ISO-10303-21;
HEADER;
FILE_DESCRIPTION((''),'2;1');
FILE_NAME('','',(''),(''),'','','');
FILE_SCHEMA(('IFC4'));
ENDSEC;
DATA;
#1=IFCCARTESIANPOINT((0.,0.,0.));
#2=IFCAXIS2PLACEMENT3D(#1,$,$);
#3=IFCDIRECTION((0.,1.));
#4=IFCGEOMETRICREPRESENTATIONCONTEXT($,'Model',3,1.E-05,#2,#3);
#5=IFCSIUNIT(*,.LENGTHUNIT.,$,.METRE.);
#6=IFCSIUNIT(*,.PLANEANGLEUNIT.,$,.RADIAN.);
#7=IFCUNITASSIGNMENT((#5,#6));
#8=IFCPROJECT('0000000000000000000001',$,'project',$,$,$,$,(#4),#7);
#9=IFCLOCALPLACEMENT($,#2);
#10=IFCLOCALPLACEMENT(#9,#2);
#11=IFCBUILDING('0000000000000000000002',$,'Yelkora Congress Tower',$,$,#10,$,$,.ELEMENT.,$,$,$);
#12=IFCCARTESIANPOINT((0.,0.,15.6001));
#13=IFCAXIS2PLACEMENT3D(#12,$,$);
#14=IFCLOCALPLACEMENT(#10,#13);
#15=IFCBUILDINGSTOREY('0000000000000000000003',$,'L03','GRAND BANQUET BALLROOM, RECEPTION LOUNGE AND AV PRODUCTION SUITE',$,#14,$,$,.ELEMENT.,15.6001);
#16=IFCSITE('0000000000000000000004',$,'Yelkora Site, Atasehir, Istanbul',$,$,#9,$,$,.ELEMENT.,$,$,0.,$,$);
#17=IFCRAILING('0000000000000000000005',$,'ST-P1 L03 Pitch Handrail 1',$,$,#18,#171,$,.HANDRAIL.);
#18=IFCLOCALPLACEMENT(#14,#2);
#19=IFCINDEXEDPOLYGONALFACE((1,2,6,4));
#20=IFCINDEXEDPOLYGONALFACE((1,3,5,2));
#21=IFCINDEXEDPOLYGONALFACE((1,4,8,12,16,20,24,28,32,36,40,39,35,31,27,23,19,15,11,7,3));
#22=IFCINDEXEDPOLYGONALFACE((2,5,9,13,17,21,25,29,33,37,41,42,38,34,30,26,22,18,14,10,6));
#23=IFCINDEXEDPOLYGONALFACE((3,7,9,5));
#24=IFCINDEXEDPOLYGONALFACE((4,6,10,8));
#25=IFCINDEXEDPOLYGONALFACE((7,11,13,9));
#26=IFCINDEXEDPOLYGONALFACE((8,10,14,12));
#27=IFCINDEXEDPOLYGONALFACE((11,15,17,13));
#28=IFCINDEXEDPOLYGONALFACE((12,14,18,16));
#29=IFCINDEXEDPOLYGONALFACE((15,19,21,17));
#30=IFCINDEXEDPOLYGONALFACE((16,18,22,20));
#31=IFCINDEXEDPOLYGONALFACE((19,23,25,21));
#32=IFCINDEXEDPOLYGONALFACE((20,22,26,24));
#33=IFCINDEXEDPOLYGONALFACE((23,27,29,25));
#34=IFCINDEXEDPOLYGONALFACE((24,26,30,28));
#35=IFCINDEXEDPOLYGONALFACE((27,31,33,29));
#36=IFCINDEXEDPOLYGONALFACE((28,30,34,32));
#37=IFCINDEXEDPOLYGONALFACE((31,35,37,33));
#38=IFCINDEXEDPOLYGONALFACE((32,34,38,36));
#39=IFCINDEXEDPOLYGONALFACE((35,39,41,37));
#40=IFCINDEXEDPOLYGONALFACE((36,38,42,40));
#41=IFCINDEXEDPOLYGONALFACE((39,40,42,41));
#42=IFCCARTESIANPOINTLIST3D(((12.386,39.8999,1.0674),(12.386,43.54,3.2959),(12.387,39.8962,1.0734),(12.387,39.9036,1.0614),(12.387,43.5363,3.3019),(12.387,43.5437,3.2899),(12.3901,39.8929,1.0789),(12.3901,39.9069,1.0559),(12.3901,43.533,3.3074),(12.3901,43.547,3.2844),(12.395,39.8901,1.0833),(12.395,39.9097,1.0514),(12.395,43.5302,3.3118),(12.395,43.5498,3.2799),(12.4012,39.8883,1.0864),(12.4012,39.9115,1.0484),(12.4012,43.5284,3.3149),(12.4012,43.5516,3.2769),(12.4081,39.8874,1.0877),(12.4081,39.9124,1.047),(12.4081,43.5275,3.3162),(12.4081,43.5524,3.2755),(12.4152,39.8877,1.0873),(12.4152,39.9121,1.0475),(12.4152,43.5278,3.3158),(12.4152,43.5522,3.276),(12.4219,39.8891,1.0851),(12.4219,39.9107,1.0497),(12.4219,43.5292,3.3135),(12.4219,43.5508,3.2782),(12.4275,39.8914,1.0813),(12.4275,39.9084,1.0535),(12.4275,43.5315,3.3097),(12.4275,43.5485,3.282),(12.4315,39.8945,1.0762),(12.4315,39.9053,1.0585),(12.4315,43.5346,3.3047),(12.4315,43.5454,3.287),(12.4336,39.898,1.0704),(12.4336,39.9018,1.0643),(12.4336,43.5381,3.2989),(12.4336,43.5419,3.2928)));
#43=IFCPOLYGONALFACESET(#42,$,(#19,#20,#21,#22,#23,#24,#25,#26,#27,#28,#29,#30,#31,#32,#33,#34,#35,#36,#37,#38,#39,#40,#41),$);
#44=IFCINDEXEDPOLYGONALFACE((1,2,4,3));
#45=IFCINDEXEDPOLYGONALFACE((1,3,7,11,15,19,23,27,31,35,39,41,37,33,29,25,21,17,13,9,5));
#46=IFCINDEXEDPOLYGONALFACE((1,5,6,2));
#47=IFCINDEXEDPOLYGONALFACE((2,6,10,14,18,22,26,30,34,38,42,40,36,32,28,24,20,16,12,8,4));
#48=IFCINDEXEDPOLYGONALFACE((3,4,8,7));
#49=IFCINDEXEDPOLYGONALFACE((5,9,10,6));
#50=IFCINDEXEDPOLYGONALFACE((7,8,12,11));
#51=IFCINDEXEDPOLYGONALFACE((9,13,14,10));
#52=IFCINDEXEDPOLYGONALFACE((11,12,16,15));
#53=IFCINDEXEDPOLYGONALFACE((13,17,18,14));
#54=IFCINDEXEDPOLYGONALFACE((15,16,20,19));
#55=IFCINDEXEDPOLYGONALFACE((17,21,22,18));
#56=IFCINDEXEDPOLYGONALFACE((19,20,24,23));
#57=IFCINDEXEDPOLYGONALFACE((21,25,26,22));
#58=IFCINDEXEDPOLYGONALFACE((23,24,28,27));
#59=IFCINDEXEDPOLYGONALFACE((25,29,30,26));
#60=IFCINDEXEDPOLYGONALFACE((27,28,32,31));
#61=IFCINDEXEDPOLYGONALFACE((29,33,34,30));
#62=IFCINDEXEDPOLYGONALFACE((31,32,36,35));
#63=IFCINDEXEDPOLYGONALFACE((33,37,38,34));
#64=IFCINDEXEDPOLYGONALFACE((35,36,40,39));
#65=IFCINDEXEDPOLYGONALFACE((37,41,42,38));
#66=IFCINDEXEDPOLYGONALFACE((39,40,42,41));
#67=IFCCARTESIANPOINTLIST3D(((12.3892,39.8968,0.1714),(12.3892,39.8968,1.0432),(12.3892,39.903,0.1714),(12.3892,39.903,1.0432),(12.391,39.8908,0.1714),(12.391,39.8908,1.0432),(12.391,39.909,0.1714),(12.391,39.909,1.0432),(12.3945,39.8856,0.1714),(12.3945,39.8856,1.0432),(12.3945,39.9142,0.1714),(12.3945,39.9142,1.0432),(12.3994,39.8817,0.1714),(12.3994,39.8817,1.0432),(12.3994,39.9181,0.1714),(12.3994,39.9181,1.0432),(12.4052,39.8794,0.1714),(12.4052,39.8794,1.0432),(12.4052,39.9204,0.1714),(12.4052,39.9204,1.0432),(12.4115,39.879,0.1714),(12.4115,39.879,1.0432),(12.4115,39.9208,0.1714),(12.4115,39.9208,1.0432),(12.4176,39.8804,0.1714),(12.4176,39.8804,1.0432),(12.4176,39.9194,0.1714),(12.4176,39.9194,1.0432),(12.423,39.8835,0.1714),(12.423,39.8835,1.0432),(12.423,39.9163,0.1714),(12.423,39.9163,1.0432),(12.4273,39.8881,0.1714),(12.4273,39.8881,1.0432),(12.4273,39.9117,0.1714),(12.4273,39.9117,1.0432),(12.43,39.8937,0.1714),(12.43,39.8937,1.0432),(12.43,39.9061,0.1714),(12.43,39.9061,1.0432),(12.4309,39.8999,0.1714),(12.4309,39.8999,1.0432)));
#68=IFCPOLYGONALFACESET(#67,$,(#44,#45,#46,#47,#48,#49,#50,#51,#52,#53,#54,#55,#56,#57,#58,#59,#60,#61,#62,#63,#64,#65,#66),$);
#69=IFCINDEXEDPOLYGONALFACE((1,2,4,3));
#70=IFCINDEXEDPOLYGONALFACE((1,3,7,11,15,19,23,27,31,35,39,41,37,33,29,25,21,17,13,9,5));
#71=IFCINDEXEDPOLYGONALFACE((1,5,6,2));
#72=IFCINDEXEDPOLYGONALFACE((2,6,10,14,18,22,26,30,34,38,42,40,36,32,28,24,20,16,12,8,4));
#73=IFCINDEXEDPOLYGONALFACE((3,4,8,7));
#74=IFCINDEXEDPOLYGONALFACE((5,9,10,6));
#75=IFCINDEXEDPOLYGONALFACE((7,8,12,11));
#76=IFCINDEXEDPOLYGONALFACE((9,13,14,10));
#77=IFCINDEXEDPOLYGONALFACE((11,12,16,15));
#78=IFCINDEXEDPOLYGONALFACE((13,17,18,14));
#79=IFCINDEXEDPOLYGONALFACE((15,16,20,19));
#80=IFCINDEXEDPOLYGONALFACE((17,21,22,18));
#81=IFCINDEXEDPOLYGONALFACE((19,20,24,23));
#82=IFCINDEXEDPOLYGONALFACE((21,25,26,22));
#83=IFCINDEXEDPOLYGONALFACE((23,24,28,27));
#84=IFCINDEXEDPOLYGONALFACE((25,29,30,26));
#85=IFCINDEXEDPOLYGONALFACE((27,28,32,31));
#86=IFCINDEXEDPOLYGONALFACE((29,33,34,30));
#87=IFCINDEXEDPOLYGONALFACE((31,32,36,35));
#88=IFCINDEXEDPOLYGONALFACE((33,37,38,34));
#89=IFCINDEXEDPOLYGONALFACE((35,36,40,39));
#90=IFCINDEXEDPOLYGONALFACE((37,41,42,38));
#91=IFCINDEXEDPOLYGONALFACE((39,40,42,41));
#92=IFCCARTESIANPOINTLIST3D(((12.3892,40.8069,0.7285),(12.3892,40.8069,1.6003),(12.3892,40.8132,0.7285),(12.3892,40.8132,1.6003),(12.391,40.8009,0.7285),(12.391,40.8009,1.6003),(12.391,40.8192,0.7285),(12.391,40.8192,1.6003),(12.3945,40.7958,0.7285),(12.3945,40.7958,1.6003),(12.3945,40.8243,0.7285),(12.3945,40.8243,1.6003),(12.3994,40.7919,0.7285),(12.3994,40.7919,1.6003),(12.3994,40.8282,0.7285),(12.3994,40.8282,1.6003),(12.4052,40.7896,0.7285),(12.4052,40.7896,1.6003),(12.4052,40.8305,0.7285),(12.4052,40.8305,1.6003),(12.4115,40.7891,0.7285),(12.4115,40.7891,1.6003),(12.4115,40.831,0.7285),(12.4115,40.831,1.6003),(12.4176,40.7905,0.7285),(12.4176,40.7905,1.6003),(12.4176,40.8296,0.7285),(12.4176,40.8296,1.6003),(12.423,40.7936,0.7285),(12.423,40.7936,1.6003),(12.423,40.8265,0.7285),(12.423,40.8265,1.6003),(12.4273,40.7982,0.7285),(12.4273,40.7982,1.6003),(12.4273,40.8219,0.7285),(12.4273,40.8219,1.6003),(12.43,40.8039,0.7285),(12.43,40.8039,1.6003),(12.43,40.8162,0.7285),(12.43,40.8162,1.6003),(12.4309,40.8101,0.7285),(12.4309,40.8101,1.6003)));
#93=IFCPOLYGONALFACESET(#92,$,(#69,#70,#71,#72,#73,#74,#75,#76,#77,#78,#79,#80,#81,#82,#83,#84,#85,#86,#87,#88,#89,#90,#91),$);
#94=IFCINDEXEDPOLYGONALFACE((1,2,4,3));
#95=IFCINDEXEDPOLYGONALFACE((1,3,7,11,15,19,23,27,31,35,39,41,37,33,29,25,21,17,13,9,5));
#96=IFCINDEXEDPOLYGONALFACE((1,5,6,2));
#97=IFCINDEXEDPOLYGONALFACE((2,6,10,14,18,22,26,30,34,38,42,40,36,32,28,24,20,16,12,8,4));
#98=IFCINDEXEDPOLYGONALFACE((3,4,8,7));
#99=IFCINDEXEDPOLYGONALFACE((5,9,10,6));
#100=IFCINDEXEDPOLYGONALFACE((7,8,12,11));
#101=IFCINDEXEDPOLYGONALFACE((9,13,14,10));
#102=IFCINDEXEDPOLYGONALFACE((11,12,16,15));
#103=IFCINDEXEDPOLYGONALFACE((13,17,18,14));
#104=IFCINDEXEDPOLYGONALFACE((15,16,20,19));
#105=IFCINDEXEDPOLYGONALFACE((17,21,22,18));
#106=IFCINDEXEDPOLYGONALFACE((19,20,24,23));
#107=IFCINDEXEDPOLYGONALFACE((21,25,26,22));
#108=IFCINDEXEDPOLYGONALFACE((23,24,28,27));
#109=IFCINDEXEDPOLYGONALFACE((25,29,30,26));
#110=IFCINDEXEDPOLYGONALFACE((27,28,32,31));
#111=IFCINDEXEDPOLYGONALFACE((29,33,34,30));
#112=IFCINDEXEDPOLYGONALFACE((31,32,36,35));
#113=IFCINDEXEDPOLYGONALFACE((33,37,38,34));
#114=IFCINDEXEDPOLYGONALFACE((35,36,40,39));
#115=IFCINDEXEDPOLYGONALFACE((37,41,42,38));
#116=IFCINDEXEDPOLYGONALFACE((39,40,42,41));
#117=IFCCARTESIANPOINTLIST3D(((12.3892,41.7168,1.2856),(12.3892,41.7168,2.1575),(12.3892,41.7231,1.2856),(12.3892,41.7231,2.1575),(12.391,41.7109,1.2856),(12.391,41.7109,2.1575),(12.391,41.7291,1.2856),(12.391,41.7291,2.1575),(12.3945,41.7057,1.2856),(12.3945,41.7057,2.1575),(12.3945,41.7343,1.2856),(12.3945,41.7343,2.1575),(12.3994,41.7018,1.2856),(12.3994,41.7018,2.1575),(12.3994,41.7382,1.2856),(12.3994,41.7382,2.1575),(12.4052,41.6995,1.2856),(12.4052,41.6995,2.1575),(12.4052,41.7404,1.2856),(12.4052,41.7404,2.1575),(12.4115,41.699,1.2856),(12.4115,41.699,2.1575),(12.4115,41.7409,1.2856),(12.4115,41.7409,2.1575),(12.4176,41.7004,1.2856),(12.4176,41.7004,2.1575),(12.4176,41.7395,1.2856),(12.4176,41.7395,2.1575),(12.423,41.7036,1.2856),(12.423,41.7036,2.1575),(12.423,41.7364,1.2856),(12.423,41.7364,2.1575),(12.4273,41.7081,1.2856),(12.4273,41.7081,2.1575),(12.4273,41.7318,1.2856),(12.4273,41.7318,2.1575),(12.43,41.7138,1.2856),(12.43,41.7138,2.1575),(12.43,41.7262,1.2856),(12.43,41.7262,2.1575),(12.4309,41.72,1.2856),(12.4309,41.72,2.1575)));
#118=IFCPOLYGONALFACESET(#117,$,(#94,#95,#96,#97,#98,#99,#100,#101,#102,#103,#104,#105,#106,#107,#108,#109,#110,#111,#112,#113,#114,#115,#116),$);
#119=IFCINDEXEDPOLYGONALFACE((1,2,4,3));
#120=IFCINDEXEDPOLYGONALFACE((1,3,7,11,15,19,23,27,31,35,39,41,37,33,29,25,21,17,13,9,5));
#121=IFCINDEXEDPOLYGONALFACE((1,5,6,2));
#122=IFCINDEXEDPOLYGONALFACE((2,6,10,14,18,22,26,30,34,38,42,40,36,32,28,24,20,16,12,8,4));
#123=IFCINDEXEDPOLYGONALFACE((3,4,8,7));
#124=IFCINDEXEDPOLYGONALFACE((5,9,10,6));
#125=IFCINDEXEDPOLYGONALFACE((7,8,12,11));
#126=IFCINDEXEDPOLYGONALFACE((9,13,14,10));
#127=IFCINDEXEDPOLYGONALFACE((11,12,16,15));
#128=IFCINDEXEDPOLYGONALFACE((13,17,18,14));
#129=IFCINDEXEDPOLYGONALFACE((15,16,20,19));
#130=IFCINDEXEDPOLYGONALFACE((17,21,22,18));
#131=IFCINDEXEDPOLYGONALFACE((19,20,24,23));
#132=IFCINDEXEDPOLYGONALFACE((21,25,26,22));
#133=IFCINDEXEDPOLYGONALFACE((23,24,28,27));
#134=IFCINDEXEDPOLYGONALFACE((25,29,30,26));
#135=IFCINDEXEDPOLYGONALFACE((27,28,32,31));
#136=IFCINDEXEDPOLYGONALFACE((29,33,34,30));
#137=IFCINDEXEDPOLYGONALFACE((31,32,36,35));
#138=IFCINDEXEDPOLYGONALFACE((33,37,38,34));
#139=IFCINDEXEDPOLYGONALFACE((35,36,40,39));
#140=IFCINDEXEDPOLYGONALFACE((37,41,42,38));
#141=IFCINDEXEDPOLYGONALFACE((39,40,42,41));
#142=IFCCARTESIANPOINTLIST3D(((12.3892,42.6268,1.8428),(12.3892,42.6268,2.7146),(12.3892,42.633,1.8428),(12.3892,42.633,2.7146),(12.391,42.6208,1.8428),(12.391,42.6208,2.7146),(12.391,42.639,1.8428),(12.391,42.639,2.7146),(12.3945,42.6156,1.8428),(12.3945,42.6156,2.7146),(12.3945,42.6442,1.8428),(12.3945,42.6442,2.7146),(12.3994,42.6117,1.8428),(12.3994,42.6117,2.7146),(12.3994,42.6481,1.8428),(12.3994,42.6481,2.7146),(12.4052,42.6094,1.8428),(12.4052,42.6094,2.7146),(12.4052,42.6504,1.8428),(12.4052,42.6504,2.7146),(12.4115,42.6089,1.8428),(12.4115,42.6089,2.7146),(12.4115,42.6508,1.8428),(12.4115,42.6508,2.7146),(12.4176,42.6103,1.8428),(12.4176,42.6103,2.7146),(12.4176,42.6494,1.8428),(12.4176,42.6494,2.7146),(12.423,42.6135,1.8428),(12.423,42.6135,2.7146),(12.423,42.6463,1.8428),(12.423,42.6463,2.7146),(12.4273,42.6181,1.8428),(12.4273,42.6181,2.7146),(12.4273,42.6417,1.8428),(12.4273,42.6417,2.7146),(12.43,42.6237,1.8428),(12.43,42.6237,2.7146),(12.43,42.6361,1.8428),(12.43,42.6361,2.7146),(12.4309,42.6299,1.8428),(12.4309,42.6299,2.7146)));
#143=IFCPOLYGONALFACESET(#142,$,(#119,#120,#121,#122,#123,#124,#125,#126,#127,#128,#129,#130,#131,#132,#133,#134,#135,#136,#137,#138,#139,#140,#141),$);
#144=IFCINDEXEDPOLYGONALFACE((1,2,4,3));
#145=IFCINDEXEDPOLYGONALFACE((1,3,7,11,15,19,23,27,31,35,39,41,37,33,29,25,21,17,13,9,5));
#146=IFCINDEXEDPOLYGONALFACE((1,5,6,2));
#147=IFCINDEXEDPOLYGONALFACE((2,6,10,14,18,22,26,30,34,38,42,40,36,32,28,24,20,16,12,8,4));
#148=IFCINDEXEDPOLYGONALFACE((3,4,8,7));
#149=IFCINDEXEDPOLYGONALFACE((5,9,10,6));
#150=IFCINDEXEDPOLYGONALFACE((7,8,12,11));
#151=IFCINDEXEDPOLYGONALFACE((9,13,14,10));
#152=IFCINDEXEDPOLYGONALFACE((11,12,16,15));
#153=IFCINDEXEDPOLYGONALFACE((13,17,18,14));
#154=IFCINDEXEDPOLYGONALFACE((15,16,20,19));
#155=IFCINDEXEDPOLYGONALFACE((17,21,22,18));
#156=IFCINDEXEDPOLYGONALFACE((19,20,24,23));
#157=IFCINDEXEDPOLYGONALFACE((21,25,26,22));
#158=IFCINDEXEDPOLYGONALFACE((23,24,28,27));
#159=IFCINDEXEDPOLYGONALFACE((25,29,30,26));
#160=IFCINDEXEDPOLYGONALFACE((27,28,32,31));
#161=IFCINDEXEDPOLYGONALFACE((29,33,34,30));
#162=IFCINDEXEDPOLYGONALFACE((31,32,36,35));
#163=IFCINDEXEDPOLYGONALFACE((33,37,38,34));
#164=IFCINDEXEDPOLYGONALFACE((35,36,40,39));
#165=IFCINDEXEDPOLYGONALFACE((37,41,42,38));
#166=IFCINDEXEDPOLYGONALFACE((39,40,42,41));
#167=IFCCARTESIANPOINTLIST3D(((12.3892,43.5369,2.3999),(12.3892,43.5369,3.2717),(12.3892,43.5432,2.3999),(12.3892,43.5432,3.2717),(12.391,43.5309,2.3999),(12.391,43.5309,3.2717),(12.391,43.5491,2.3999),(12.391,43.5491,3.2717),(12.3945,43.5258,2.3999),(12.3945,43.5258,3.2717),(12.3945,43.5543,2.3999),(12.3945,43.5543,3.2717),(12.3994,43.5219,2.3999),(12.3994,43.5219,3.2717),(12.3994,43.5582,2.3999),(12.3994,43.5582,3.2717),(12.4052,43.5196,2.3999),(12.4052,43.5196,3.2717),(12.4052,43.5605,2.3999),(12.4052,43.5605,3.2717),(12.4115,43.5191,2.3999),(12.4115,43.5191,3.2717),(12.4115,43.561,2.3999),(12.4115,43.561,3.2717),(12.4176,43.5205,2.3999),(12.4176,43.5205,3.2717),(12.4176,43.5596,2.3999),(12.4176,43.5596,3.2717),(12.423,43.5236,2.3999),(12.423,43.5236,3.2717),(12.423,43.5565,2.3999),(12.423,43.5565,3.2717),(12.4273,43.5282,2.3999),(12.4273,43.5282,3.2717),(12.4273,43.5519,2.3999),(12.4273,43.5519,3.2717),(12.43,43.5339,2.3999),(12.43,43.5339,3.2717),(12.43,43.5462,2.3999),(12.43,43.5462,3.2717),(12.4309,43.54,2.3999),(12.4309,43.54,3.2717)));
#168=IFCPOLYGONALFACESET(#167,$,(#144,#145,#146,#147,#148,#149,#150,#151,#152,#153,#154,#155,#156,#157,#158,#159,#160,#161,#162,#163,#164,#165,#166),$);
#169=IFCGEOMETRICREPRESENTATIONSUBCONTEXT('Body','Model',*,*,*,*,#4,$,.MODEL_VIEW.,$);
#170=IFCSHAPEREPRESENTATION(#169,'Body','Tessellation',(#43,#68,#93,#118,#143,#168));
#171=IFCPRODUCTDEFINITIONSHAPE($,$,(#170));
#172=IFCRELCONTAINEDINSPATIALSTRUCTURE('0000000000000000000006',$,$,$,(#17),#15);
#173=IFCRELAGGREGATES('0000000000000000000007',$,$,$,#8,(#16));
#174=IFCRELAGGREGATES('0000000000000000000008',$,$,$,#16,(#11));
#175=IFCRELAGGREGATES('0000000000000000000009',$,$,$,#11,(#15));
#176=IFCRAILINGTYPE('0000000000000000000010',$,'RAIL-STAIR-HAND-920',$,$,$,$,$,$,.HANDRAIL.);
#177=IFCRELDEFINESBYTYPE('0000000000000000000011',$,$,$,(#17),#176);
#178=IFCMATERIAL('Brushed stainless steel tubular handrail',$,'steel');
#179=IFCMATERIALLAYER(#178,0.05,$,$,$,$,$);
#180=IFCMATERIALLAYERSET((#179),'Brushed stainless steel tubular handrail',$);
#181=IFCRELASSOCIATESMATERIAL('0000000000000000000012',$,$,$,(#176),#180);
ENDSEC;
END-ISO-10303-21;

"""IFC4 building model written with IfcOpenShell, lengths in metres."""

from ifc_helpers import new_model, si_unit, direction, frame, origin, origin_2d, place, context, subcontext, project, spatial, circle, extrude, material, layer, layer_set, type_object, element, save


model = new_model("IFC4")

# Units and contexts
model_context = context("Model", 3, precision=1e-05, world=origin(), true_north=direction((0.0, 1.0)))
body_context = subcontext(model_context, "Body", "Model", "MODEL_VIEW")
ifc_project = project(units=[si_unit("LENGTHUNIT", "METRE"), si_unit("PLANEANGLEUNIT", "RADIAN")], contexts=[model_context])

# Site, building, storey
site_placement = place(None, origin())
site = spatial("IfcSite", under=ifc_project, at=site_placement, Name="Yelkora Site, Atasehir, Istanbul", CompositionType="ELEMENT", RefElevation=0.0)
building_placement = place(site_placement, origin())
building = spatial("IfcBuilding", under=site, at=building_placement, Name="Yelkora Congress Tower", CompositionType="ELEMENT")
storey_placement = place(building_placement, frame((0.0, 0.0, 15.6001)))
storey = spatial("IfcBuildingStorey", under=building, at=storey_placement, Name="L03", Description="GRAND BANQUET BALLROOM, RECEPTION LOUNGE AND AV PRODUCTION SUITE", CompositionType="ELEMENT", Elevation=15.6001)

# Railing
ifc_material_1 = material(Name="Brushed stainless steel tubular handrail", Category="steel")
ifc_layer_1 = layer(ifc_material_1, 0.05)
ifc_layer_set_1 = layer_set([ifc_layer_1], Name="Brushed stainless steel tubular handrail")
railing_type_1 = type_object("IfcRailingType", Name="RAIL-STAIR-HAND-920", PredefinedType="HANDRAIL", material=ifc_layer_set_1)
railing_1_placement = place(storey_placement, frame((12.4099, 39.8999, 0.1714)))
element("IfcRailing", 1, at=railing_1_placement, inside=storey, type_object=railing_type_1, Name="ST-P1 L03 Pitch Handrail 1", PredefinedType="HANDRAIL", context=body_context, shape_type="SweptSolid", body=[
    extrude(circle(Radius=0.0239, at=origin_2d()), frame((0.0, 0.0, 0.896), z_axis=(0.0, 0.852866, 0.52213), x_axis=(-1.0, 0.0, 0.0)), (0.0, 0.0, 1.0), 4.2681),
    extrude(circle(Radius=0.021, at=origin_2d()), origin(), (0.0, 0.0, 1.0), 0.8718),
    extrude(circle(Radius=0.021, at=origin_2d()), frame((0.0, 0.9102, 0.5571)), (0.0, 0.0, 1.0), 0.8718),
    extrude(circle(Radius=0.021, at=origin_2d()), frame((0.0, 1.8201, 1.1143)), (0.0, 0.0, 1.0), 0.8718),
    extrude(circle(Radius=0.021, at=origin_2d()), frame((0.0, 2.73, 1.6714)), (0.0, 0.0, 1.0), 0.8718),
    extrude(circle(Radius=0.021, at=origin_2d()), frame((0.0, 3.6401, 2.2285)), (0.0, 0.0, 1.0), 0.8718),
])

save(model, "model.ifc")
